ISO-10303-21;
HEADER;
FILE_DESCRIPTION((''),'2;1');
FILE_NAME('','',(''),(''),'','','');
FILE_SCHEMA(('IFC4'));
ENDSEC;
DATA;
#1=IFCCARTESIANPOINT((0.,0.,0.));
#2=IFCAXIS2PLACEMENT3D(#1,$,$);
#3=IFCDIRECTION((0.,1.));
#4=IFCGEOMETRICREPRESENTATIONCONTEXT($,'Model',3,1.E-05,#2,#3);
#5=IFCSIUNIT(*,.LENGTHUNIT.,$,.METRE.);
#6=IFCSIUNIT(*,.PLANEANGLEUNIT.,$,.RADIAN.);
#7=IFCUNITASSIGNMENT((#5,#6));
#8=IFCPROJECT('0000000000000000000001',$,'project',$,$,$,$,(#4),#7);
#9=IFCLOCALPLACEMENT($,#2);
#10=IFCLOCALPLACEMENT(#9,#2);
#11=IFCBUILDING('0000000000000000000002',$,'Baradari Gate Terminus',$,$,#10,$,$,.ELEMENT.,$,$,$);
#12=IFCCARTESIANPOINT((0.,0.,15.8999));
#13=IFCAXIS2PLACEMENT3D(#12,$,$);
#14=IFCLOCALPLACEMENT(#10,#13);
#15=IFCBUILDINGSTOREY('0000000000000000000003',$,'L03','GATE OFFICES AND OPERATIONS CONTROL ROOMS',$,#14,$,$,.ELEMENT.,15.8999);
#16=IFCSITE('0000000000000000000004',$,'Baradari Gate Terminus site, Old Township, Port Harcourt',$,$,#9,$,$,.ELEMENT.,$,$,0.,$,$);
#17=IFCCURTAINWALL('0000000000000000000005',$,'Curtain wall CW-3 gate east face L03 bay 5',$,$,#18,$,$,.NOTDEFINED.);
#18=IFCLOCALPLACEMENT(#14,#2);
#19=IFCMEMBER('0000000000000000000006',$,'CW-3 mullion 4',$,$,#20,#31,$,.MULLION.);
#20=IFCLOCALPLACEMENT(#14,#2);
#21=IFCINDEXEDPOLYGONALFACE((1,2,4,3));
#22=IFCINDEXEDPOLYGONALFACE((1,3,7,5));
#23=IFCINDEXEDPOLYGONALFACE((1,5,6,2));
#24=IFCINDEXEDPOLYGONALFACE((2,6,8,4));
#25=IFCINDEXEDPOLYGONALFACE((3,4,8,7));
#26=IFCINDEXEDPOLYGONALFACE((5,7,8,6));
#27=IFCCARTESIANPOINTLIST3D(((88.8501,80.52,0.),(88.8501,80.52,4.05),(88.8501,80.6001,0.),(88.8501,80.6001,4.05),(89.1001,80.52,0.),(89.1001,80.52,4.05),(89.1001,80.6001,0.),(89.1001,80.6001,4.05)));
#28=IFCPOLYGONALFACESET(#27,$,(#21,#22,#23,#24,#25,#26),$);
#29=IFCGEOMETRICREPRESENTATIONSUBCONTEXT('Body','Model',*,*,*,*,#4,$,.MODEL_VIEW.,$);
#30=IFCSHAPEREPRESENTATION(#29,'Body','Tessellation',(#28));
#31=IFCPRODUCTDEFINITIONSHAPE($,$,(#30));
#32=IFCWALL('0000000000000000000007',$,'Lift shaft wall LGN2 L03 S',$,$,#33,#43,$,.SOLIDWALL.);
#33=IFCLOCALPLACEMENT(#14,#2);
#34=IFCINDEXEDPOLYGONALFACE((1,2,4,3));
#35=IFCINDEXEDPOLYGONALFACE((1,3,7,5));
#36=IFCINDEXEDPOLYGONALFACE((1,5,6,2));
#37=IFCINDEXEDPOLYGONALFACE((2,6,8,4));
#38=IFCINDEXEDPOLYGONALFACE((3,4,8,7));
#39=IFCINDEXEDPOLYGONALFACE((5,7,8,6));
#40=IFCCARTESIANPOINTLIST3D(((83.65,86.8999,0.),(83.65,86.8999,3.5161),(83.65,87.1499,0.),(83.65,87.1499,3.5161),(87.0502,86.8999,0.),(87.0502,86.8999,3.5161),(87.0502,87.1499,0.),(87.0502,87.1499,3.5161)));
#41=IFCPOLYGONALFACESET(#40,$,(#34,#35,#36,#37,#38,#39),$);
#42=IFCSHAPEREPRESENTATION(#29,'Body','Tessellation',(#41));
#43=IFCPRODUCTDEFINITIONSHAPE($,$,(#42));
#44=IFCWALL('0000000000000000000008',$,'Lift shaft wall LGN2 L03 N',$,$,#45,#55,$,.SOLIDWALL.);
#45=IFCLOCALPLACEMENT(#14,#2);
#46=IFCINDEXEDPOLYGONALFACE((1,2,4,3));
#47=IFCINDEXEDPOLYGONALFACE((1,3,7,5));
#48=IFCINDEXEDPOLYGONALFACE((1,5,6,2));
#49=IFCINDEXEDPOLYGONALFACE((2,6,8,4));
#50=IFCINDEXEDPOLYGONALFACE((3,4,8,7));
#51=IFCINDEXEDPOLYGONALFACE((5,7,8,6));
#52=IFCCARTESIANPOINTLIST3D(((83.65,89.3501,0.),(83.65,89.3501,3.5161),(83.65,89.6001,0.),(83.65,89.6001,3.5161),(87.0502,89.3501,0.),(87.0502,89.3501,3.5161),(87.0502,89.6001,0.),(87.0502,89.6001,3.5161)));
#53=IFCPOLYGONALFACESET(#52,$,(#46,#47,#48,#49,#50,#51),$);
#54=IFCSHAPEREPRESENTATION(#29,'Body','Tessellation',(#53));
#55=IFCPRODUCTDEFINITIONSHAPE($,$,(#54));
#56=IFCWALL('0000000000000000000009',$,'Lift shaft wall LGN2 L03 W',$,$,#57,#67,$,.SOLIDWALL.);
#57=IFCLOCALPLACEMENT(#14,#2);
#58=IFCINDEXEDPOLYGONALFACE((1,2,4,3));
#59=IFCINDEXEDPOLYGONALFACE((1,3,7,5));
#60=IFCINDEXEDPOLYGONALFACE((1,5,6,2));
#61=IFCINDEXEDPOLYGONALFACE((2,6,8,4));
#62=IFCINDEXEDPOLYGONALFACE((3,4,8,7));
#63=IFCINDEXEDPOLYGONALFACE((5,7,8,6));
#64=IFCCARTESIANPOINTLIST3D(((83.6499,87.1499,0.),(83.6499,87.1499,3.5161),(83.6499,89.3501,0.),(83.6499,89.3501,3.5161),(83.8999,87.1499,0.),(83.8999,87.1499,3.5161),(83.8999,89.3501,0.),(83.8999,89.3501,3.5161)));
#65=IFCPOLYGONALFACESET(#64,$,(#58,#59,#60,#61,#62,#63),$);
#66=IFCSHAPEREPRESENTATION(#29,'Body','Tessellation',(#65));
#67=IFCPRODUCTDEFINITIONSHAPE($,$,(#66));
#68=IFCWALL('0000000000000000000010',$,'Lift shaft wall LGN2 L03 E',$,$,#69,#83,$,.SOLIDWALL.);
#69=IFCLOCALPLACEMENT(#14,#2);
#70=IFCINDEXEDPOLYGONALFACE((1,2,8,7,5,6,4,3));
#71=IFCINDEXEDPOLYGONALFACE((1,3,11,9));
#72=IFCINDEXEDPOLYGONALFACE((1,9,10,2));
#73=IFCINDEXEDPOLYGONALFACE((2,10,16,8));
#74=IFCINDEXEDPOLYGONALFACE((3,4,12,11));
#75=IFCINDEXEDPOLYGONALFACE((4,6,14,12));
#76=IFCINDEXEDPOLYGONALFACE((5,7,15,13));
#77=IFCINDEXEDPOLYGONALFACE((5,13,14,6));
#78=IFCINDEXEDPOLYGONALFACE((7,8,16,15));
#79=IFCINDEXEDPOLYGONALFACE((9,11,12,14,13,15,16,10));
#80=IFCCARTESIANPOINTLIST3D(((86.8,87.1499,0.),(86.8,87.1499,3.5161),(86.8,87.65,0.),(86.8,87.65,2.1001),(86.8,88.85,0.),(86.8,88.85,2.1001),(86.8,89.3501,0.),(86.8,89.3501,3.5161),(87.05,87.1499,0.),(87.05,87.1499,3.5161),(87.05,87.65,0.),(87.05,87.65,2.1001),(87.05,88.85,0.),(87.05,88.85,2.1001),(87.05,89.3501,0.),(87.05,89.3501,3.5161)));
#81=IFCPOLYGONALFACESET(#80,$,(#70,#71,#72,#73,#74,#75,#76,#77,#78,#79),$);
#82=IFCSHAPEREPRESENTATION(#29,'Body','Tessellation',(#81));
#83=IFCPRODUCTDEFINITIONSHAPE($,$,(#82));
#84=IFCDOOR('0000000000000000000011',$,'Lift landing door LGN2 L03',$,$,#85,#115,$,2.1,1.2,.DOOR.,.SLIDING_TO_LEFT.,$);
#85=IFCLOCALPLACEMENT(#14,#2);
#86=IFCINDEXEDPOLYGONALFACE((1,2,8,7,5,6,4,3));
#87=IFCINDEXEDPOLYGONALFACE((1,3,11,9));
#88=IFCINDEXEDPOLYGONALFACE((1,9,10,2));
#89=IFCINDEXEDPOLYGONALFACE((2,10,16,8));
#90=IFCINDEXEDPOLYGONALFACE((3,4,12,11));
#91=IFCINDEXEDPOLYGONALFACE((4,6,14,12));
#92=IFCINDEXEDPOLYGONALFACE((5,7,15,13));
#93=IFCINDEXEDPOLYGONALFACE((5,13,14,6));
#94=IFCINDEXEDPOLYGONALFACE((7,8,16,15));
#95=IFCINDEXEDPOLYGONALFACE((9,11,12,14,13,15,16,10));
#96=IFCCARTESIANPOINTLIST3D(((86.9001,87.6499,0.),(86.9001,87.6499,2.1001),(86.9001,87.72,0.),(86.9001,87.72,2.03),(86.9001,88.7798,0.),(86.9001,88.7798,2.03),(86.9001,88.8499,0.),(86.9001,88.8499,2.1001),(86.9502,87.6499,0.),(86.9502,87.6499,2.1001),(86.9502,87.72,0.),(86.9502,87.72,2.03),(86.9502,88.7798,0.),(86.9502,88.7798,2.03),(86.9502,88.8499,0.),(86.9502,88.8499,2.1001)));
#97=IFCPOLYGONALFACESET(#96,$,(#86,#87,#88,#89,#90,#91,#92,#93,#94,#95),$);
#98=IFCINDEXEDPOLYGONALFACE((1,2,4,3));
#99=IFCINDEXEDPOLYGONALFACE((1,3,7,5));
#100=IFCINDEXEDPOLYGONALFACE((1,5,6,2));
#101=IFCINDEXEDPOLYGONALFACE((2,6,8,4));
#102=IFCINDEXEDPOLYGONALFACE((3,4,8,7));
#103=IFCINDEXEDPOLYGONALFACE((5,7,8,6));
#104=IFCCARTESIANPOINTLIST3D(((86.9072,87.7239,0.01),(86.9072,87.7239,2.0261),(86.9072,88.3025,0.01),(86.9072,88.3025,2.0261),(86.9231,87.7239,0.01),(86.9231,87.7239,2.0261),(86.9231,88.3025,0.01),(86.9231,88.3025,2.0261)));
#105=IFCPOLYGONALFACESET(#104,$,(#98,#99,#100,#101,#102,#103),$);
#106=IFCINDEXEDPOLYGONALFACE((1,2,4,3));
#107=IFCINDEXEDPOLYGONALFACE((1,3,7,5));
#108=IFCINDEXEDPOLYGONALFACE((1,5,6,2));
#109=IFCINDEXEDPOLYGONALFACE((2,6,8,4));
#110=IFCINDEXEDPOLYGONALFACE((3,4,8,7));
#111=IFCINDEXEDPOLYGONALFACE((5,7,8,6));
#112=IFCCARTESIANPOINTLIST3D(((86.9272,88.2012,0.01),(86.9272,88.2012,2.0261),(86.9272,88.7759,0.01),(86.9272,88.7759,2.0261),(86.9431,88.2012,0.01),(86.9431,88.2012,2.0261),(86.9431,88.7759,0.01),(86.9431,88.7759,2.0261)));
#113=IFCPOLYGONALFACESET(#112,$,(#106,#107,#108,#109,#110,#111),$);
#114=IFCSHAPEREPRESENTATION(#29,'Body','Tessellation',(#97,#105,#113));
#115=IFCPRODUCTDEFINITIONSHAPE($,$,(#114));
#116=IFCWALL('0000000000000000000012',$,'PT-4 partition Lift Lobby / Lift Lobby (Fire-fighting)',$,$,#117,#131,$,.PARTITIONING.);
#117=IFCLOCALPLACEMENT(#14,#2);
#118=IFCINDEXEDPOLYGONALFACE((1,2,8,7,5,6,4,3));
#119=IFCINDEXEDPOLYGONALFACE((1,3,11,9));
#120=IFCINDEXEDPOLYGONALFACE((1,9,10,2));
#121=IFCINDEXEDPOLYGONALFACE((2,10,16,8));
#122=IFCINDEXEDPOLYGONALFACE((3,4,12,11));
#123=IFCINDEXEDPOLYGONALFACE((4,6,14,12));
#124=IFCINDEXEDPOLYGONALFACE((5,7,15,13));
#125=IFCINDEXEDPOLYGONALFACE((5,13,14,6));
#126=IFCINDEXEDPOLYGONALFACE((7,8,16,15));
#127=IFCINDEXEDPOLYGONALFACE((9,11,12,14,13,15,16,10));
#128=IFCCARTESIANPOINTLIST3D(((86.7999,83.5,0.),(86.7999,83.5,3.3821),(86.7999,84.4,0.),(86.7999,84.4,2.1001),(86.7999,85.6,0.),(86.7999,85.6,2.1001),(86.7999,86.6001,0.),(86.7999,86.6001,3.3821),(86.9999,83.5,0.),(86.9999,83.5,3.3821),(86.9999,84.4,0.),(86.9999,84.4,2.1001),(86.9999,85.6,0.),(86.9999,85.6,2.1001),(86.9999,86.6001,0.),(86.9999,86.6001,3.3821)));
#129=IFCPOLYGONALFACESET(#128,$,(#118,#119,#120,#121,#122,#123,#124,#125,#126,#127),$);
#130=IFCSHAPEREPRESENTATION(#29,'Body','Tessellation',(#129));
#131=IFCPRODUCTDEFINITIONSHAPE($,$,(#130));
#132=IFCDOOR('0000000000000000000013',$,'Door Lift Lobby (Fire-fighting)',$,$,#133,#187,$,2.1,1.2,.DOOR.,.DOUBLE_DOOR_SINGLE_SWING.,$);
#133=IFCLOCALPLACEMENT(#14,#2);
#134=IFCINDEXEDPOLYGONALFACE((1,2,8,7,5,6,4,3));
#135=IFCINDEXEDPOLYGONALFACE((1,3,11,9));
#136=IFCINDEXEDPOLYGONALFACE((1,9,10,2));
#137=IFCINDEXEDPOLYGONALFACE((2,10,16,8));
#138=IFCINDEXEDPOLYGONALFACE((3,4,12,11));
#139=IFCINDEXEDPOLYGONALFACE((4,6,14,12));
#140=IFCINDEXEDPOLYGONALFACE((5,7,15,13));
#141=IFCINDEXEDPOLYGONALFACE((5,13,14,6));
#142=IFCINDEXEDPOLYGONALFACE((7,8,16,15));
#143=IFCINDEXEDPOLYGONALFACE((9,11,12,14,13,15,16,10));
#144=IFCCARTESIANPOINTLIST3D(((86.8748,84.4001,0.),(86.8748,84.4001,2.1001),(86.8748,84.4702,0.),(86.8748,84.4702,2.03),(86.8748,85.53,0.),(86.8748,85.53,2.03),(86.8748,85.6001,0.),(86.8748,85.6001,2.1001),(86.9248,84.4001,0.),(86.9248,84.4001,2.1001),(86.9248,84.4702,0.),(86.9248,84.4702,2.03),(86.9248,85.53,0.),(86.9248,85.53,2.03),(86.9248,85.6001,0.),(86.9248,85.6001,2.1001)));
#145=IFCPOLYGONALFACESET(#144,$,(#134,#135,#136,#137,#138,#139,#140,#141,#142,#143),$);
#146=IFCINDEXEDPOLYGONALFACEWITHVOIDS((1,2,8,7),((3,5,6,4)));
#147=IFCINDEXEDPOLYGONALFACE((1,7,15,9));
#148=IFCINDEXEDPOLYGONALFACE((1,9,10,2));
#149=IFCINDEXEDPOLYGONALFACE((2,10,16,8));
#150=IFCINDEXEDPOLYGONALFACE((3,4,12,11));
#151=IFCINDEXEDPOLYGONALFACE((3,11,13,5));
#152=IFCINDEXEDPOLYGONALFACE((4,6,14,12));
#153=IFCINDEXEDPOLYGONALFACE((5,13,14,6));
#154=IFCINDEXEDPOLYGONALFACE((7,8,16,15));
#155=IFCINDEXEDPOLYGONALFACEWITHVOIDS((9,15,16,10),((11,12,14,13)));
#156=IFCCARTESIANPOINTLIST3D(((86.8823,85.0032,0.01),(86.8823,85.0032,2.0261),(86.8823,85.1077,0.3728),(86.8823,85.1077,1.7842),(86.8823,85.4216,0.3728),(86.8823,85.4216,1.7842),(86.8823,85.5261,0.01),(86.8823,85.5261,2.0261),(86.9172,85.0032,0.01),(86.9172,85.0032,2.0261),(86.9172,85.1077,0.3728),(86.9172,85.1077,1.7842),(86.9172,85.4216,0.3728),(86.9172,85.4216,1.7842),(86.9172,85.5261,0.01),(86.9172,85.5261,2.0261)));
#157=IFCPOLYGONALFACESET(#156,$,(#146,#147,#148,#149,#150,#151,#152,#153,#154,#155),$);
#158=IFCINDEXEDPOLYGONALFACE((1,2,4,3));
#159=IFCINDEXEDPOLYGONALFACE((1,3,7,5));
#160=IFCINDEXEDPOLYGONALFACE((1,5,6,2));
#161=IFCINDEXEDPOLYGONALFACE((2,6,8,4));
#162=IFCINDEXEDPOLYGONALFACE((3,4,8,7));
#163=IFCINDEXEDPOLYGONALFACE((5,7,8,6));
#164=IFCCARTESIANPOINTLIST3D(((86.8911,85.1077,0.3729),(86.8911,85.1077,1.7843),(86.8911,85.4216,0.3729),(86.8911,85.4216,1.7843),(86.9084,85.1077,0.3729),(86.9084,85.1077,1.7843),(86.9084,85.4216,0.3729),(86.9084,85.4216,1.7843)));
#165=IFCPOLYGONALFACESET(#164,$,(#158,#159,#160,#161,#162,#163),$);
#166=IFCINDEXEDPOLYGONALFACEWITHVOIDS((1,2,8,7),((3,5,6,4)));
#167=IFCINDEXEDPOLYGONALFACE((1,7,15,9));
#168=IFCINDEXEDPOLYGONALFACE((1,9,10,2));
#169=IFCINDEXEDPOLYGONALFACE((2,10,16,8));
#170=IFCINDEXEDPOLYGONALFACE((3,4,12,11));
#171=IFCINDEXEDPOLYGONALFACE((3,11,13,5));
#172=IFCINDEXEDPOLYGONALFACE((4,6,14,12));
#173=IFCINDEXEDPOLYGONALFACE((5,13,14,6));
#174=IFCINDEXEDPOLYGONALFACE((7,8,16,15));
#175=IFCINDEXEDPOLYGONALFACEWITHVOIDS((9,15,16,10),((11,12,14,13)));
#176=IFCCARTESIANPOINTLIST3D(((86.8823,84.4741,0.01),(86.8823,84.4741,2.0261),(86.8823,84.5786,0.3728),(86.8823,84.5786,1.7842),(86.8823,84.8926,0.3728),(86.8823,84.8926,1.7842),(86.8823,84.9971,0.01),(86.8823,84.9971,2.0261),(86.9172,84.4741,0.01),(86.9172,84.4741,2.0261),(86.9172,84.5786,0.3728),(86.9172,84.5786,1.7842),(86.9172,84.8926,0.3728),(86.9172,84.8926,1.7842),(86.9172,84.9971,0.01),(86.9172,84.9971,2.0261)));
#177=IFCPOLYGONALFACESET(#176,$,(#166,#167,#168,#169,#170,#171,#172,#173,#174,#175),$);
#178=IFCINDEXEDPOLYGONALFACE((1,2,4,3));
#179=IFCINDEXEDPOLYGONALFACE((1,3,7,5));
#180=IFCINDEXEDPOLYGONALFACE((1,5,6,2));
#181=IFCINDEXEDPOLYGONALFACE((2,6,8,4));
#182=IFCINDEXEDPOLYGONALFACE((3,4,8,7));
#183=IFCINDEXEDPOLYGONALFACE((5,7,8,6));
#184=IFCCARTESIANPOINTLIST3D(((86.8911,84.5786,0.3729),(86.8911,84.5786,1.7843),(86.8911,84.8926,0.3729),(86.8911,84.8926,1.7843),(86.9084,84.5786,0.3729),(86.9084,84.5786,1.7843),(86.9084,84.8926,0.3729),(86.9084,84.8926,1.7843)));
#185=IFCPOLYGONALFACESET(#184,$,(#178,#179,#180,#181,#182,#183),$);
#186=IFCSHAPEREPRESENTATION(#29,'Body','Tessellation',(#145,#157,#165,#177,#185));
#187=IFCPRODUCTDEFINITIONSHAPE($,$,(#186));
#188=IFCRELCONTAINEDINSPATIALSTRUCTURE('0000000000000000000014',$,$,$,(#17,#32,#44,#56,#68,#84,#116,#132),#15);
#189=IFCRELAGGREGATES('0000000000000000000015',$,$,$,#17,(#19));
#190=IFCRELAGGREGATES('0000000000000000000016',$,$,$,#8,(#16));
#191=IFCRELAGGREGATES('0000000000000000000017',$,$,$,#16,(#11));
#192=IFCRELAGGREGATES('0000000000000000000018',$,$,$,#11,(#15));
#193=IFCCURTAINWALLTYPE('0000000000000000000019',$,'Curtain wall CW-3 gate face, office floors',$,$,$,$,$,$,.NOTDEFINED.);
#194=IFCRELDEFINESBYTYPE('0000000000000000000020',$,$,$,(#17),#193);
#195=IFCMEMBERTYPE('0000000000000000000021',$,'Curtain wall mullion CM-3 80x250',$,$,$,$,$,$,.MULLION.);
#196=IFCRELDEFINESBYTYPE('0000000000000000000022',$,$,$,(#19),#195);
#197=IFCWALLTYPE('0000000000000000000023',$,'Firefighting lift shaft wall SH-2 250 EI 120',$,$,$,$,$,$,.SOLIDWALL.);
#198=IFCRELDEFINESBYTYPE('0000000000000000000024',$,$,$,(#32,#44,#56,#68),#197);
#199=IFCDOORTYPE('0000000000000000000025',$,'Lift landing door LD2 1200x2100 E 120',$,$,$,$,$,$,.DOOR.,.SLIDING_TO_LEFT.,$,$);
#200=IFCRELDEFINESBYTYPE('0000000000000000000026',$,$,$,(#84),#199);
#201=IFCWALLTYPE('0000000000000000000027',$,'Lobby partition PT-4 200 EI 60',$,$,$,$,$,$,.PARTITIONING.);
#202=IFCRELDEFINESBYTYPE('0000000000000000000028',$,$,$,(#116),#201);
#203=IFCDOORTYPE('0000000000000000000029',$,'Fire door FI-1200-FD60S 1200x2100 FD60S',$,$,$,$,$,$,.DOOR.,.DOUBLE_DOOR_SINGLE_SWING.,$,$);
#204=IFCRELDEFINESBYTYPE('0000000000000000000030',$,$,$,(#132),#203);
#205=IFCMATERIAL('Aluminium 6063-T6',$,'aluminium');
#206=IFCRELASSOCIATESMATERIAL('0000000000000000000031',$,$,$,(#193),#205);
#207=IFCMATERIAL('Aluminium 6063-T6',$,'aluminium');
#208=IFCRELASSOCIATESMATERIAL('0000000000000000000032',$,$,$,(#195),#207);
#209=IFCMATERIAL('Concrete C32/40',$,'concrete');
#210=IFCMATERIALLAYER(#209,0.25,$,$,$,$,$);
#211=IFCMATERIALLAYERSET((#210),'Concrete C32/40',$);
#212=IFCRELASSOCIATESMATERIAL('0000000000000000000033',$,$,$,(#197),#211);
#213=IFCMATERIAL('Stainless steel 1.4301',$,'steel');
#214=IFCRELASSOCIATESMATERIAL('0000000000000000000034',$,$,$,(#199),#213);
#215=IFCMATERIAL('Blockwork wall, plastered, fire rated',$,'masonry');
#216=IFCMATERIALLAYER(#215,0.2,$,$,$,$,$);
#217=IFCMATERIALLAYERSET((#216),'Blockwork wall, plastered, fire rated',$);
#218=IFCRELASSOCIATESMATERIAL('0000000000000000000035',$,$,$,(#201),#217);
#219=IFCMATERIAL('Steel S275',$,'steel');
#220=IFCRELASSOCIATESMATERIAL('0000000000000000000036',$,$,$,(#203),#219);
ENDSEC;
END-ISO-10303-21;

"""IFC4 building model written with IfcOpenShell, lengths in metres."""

from ifc_helpers import new_model, si_unit, direction, frame, frame_2d, origin, origin_2d, place, context, subcontext, project, spatial, polyline, rectangle, outline, extrude, material, layer, layer_set, material_profile, profile_set, type_object, element, fill, aggregate, save


model = new_model("IFC4")

# Units and contexts
model_context = context("Model", 3, precision=1e-05, world=origin(), true_north=direction((0.0, 1.0)))
body_context = subcontext(model_context, "Body", "Model", "MODEL_VIEW")
ifc_project = project(units=[si_unit("LENGTHUNIT", "METRE"), si_unit("PLANEANGLEUNIT", "RADIAN")], contexts=[model_context])

# Site, building, storey
site_placement = place(None, origin())
site = spatial("IfcSite", under=ifc_project, at=site_placement, Name="Baradari Gate Terminus site, Old Township, Port Harcourt", CompositionType="ELEMENT", RefElevation=0.0)
building_placement = place(site_placement, origin())
building = spatial("IfcBuilding", under=site, at=building_placement, Name="Baradari Gate Terminus", CompositionType="ELEMENT")
storey_placement = place(building_placement, frame((0.0, 0.0, 15.8999)))
storey = spatial("IfcBuildingStorey", under=building, at=storey_placement, Name="L03", Description="GATE OFFICES AND OPERATIONS CONTROL ROOMS", CompositionType="ELEMENT", Elevation=15.8999)

# Curtain wall, member
ifc_material_1 = material(Name="Aluminium 6063-T6", Category="aluminium")
curtain_wall_type = type_object("IfcCurtainWallType", Name="Curtain wall CW-3 gate face, office floors", PredefinedType="NOTDEFINED", material=ifc_material_1)
curtain_wall_placement = place(storey_placement, origin())
curtain_wall = element("IfcCurtainWall", 1, at=curtain_wall_placement, inside=storey, type_object=curtain_wall_type, Name="Curtain wall CW-3 gate east face L03 bay 5", PredefinedType="NOTDEFINED")
ifc_material_2 = material(Name="Aluminium 6063-T6", Category="aluminium")
ifc_material_profile_1 = material_profile(ifc_material_2, rectangle(XDim=0.25, YDim=0.0801, at=origin_2d()), Name="CM-3 80X250")
ifc_profile_set_1 = profile_set([ifc_material_profile_1], Name="Aluminium 6063-T6")
member_type = type_object("IfcMemberType", Name="Curtain wall mullion CM-3 80x250", PredefinedType="MULLION", material=ifc_profile_set_1)
member_placement = place(storey_placement, frame((88.9751, 80.5601, 0.0), z_axis=(0.0, 0.0, 1.0), x_axis=(-1.0, 0.0, 0.0)))
member = element("IfcMember", 2, at=member_placement, type_object=member_type, Name="CW-3 mullion 4", PredefinedType="MULLION", context=body_context, shape_type="SweptSolid", body=[
    extrude(rectangle(XDim=0.25, YDim=0.0801, at=origin_2d()), origin(), (0.0, 0.0, 1.0), 4.05),
])
aggregate(curtain_wall, [member])

# Walls
ifc_material_3 = material(Name="Concrete C32/40", Category="concrete")
ifc_layer_1 = layer(ifc_material_3, 0.25)
ifc_layer_set_1 = layer_set([ifc_layer_1], Name="Concrete C32/40")
wall_type_1 = type_object("IfcWallType", Name="Firefighting lift shaft wall SH-2 250 EI 120", PredefinedType="SOLIDWALL", material=ifc_layer_set_1)
for number, where, z_axis, x_axis, name in (
    (3, (83.6499, 87.0249, 0.0), (0.0, 0.0, 1.0), (1.0, 0.0, 0.0), "Lift shaft wall LGN2 L03 S"),
    (4, (83.6499, 89.4751, 0.0), (0.0, 0.0, 1.0), (1.0, 0.0, 0.0), "Lift shaft wall LGN2 L03 N"),
):
    element("IfcWall", number, at=place(storey_placement, frame(where, z_axis=z_axis, x_axis=x_axis)), inside=storey, type_object=wall_type_1, Name=name, PredefinedType="SOLIDWALL", context=body_context, shape_type="SweptSolid", body=[
        extrude(rectangle(XDim=3.4001, YDim=0.25, at=frame_2d((1.7002, 0.0))), origin(), (0.0, 0.0, 1.0), 3.5161),
    ])
wall_1_placement = place(storey_placement, frame((83.7749, 87.1499, 0.0), z_axis=(0.0, 0.0, 1.0), x_axis=(0.0, 1.0, 0.0)))
element("IfcWall", 5, at=wall_1_placement, inside=storey, type_object=wall_type_1, Name="Lift shaft wall LGN2 L03 W", PredefinedType="SOLIDWALL", context=body_context, shape_type="SweptSolid", body=[
    extrude(rectangle(XDim=2.2002, YDim=0.25, at=frame_2d((1.1001, 0.0))), origin(), (0.0, 0.0, 1.0), 3.5161),
])

# Walls, openings, doors
wall_2_placement = place(storey_placement, frame((86.925, 87.1499, 0.0), z_axis=(0.0, 0.0, 1.0), x_axis=(0.0, 1.0, 0.0)))
wall_2 = element("IfcWall", 6, at=wall_2_placement, inside=storey, type_object=wall_type_1, Name="Lift shaft wall LGN2 L03 E", PredefinedType="SOLIDWALL", context=body_context, shape_type="SweptSolid", body=[
    extrude(rectangle(XDim=2.2002, YDim=0.25, at=frame_2d((1.1001, 0.0))), origin(), (0.0, 0.0, 1.0), 3.5161),
])
opening_1_placement = place(wall_2_placement, frame((0.5, 0.0, 0.0)))
opening_1 = element("IfcOpeningElement", 7, at=opening_1_placement, cuts=wall_2, PredefinedType="OPENING", context=body_context, shape_type="SweptSolid", body=[
    extrude(rectangle(XDim=1.2, YDim=2.1001, at=frame_2d((0.6001, 1.05))), frame((0.0, 0.135, 0.0), z_axis=(0.0, -1.0, 0.0), x_axis=(1.0, 0.0, 0.0)), (0.0, 0.0, 1.0), 0.27),
])
ifc_material_4 = material(Name="Stainless steel 1.4301", Category="steel")
door_type_1 = type_object("IfcDoorType", Name="Lift landing door LD2 1200x2100 E 120", OperationType="SLIDING_TO_LEFT", PredefinedType="DOOR", material=ifc_material_4)
door_1_placement = place(opening_1_placement, origin())
door_1 = element("IfcDoor", 8, at=door_1_placement, inside=storey, type_object=door_type_1, Name="Lift landing door LGN2 L03", OperationType="SLIDING_TO_LEFT", OverallHeight=2.1, OverallWidth=1.2, PredefinedType="DOOR", context=body_context, shape_type="SweptSolid", body=[
    extrude(outline(polyline([(0.0, 0.0), (0.0701, 0.0), (0.0701, 2.03), (1.1299, 2.03), (1.1299, 0.0), (1.2, 0.0), (1.2, 2.1001), (0.0, 2.1001), (0.0, 0.0)])), frame((0.0, 0.0249, 0.0), z_axis=(0.0, -1.0, 0.0), x_axis=(1.0, 0.0, 0.0)), (0.0, 0.0, 1.0), 0.05),
    extrude(rectangle(XDim=0.5786, YDim=2.0161, at=frame_2d((0.3633, 1.0181))), frame((0.0, 0.0178, 0.0), z_axis=(0.0, -1.0, 0.0), x_axis=(1.0, 0.0, 0.0)), (0.0, 0.0, 1.0), 0.0159),
    extrude(rectangle(XDim=0.5747, YDim=2.0161, at=frame_2d((0.8386, 1.0181))), frame((0.0, -0.0022, 0.0), z_axis=(0.0, -1.0, 0.0), x_axis=(1.0, 0.0, 0.0)), (0.0, 0.0, 1.0), 0.0159),
])
fill(opening_1, door_1)
ifc_material_5 = material(Name="Blockwork wall, plastered, fire rated", Category="masonry")
ifc_layer_2 = layer(ifc_material_5, 0.2)
ifc_layer_set_2 = layer_set([ifc_layer_2], Name="Blockwork wall, plastered, fire rated")
wall_type_2 = type_object("IfcWallType", Name="Lobby partition PT-4 200 EI 60", PredefinedType="PARTITIONING", material=ifc_layer_set_2)
wall_3_placement = place(storey_placement, frame((86.8999, 86.6001, 0.0), z_axis=(0.0, 0.0, 1.0), x_axis=(0.0, -1.0, 0.0)))
wall_3 = element("IfcWall", 9, at=wall_3_placement, inside=storey, type_object=wall_type_2, Name="PT-4 partition Lift Lobby / Lift Lobby (Fire-fighting)", PredefinedType="PARTITIONING", context=body_context, shape_type="SweptSolid", body=[
    extrude(rectangle(XDim=3.1001, YDim=0.2, at=frame_2d((1.55, 0.0))), origin(), (0.0, 0.0, 1.0), 3.3821),
])
opening_2_placement = place(wall_3_placement, frame((1.0, 0.0, 0.0)))
opening_2 = element("IfcOpeningElement", 10, at=opening_2_placement, cuts=wall_3, PredefinedType="OPENING", context=body_context, shape_type="SweptSolid", body=[
    extrude(rectangle(XDim=1.2, YDim=2.1001, at=frame_2d((0.6001, 1.05))), frame((0.0, 0.1099, 0.0), z_axis=(0.0, -1.0, 0.0), x_axis=(1.0, 0.0, 0.0)), (0.0, 0.0, 1.0), 0.22),
])
ifc_material_6 = material(Name="Steel S275", Category="steel")
door_type_2 = type_object("IfcDoorType", Name="Fire door FI-1200-FD60S 1200x2100 FD60S", OperationType="DOUBLE_DOOR_SINGLE_SWING", PredefinedType="DOOR", material=ifc_material_6)
door_2_placement = place(opening_2_placement, origin())
door_2 = element("IfcDoor", 11, at=door_2_placement, inside=storey, type_object=door_type_2, Name="Door Lift Lobby (Fire-fighting)", OperationType="DOUBLE_DOOR_SINGLE_SWING", OverallHeight=2.1, OverallWidth=1.2, PredefinedType="DOOR", context=body_context, shape_type="SweptSolid", body=[
    extrude(outline(polyline([(0.0, 0.0), (0.0701, 0.0), (0.0701, 2.03), (1.1299, 2.03), (1.1299, 0.0), (1.2, 0.0), (1.2, 2.1001), (0.0, 2.1001), (0.0, 0.0)])), frame((0.0, 0.0249, 0.0), z_axis=(0.0, -1.0, 0.0), x_axis=(1.0, 0.0, 0.0)), (0.0, 0.0, 1.0), 0.05),
    extrude(outline(polyline([(0.074, 0.01), (0.5969, 0.01), (0.5969, 2.0261), (0.074, 2.0261), (0.074, 0.01)]), holes=[polyline([(0.1785, 0.3728), (0.4924, 0.3728), (0.4924, 1.7842), (0.1785, 1.7842), (0.1785, 0.3728)])]), frame((0.0, 0.0173, 0.0), z_axis=(0.0, -1.0, 0.0), x_axis=(1.0, 0.0, 0.0)), (0.0, 0.0, 1.0), 0.0349),
    extrude(rectangle(XDim=0.314, YDim=1.4114, at=frame_2d((0.3354, 1.0786))), frame((0.0, 0.0085, 0.0), z_axis=(0.0, -1.0, 0.0), x_axis=(1.0, 0.0, 0.0)), (0.0, 0.0, 1.0), 0.0173),
    extrude(outline(polyline([(0.603, 0.01), (1.126, 0.01), (1.126, 2.0261), (0.603, 2.0261), (0.603, 0.01)]), holes=[polyline([(0.7075, 0.3728), (1.0215, 0.3728), (1.0215, 1.7842), (0.7075, 1.7842), (0.7075, 0.3728)])]), frame((0.0, 0.0173, 0.0), z_axis=(0.0, -1.0, 0.0), x_axis=(1.0, 0.0, 0.0)), (0.0, 0.0, 1.0), 0.0349),
    extrude(rectangle(XDim=0.314, YDim=1.4114, at=frame_2d((0.8645, 1.0786))), frame((0.0, 0.0085, 0.0), z_axis=(0.0, -1.0, 0.0), x_axis=(1.0, 0.0, 0.0)), (0.0, 0.0, 1.0), 0.0173),
])
fill(opening_2, door_2)

save(model, "model.ifc")
